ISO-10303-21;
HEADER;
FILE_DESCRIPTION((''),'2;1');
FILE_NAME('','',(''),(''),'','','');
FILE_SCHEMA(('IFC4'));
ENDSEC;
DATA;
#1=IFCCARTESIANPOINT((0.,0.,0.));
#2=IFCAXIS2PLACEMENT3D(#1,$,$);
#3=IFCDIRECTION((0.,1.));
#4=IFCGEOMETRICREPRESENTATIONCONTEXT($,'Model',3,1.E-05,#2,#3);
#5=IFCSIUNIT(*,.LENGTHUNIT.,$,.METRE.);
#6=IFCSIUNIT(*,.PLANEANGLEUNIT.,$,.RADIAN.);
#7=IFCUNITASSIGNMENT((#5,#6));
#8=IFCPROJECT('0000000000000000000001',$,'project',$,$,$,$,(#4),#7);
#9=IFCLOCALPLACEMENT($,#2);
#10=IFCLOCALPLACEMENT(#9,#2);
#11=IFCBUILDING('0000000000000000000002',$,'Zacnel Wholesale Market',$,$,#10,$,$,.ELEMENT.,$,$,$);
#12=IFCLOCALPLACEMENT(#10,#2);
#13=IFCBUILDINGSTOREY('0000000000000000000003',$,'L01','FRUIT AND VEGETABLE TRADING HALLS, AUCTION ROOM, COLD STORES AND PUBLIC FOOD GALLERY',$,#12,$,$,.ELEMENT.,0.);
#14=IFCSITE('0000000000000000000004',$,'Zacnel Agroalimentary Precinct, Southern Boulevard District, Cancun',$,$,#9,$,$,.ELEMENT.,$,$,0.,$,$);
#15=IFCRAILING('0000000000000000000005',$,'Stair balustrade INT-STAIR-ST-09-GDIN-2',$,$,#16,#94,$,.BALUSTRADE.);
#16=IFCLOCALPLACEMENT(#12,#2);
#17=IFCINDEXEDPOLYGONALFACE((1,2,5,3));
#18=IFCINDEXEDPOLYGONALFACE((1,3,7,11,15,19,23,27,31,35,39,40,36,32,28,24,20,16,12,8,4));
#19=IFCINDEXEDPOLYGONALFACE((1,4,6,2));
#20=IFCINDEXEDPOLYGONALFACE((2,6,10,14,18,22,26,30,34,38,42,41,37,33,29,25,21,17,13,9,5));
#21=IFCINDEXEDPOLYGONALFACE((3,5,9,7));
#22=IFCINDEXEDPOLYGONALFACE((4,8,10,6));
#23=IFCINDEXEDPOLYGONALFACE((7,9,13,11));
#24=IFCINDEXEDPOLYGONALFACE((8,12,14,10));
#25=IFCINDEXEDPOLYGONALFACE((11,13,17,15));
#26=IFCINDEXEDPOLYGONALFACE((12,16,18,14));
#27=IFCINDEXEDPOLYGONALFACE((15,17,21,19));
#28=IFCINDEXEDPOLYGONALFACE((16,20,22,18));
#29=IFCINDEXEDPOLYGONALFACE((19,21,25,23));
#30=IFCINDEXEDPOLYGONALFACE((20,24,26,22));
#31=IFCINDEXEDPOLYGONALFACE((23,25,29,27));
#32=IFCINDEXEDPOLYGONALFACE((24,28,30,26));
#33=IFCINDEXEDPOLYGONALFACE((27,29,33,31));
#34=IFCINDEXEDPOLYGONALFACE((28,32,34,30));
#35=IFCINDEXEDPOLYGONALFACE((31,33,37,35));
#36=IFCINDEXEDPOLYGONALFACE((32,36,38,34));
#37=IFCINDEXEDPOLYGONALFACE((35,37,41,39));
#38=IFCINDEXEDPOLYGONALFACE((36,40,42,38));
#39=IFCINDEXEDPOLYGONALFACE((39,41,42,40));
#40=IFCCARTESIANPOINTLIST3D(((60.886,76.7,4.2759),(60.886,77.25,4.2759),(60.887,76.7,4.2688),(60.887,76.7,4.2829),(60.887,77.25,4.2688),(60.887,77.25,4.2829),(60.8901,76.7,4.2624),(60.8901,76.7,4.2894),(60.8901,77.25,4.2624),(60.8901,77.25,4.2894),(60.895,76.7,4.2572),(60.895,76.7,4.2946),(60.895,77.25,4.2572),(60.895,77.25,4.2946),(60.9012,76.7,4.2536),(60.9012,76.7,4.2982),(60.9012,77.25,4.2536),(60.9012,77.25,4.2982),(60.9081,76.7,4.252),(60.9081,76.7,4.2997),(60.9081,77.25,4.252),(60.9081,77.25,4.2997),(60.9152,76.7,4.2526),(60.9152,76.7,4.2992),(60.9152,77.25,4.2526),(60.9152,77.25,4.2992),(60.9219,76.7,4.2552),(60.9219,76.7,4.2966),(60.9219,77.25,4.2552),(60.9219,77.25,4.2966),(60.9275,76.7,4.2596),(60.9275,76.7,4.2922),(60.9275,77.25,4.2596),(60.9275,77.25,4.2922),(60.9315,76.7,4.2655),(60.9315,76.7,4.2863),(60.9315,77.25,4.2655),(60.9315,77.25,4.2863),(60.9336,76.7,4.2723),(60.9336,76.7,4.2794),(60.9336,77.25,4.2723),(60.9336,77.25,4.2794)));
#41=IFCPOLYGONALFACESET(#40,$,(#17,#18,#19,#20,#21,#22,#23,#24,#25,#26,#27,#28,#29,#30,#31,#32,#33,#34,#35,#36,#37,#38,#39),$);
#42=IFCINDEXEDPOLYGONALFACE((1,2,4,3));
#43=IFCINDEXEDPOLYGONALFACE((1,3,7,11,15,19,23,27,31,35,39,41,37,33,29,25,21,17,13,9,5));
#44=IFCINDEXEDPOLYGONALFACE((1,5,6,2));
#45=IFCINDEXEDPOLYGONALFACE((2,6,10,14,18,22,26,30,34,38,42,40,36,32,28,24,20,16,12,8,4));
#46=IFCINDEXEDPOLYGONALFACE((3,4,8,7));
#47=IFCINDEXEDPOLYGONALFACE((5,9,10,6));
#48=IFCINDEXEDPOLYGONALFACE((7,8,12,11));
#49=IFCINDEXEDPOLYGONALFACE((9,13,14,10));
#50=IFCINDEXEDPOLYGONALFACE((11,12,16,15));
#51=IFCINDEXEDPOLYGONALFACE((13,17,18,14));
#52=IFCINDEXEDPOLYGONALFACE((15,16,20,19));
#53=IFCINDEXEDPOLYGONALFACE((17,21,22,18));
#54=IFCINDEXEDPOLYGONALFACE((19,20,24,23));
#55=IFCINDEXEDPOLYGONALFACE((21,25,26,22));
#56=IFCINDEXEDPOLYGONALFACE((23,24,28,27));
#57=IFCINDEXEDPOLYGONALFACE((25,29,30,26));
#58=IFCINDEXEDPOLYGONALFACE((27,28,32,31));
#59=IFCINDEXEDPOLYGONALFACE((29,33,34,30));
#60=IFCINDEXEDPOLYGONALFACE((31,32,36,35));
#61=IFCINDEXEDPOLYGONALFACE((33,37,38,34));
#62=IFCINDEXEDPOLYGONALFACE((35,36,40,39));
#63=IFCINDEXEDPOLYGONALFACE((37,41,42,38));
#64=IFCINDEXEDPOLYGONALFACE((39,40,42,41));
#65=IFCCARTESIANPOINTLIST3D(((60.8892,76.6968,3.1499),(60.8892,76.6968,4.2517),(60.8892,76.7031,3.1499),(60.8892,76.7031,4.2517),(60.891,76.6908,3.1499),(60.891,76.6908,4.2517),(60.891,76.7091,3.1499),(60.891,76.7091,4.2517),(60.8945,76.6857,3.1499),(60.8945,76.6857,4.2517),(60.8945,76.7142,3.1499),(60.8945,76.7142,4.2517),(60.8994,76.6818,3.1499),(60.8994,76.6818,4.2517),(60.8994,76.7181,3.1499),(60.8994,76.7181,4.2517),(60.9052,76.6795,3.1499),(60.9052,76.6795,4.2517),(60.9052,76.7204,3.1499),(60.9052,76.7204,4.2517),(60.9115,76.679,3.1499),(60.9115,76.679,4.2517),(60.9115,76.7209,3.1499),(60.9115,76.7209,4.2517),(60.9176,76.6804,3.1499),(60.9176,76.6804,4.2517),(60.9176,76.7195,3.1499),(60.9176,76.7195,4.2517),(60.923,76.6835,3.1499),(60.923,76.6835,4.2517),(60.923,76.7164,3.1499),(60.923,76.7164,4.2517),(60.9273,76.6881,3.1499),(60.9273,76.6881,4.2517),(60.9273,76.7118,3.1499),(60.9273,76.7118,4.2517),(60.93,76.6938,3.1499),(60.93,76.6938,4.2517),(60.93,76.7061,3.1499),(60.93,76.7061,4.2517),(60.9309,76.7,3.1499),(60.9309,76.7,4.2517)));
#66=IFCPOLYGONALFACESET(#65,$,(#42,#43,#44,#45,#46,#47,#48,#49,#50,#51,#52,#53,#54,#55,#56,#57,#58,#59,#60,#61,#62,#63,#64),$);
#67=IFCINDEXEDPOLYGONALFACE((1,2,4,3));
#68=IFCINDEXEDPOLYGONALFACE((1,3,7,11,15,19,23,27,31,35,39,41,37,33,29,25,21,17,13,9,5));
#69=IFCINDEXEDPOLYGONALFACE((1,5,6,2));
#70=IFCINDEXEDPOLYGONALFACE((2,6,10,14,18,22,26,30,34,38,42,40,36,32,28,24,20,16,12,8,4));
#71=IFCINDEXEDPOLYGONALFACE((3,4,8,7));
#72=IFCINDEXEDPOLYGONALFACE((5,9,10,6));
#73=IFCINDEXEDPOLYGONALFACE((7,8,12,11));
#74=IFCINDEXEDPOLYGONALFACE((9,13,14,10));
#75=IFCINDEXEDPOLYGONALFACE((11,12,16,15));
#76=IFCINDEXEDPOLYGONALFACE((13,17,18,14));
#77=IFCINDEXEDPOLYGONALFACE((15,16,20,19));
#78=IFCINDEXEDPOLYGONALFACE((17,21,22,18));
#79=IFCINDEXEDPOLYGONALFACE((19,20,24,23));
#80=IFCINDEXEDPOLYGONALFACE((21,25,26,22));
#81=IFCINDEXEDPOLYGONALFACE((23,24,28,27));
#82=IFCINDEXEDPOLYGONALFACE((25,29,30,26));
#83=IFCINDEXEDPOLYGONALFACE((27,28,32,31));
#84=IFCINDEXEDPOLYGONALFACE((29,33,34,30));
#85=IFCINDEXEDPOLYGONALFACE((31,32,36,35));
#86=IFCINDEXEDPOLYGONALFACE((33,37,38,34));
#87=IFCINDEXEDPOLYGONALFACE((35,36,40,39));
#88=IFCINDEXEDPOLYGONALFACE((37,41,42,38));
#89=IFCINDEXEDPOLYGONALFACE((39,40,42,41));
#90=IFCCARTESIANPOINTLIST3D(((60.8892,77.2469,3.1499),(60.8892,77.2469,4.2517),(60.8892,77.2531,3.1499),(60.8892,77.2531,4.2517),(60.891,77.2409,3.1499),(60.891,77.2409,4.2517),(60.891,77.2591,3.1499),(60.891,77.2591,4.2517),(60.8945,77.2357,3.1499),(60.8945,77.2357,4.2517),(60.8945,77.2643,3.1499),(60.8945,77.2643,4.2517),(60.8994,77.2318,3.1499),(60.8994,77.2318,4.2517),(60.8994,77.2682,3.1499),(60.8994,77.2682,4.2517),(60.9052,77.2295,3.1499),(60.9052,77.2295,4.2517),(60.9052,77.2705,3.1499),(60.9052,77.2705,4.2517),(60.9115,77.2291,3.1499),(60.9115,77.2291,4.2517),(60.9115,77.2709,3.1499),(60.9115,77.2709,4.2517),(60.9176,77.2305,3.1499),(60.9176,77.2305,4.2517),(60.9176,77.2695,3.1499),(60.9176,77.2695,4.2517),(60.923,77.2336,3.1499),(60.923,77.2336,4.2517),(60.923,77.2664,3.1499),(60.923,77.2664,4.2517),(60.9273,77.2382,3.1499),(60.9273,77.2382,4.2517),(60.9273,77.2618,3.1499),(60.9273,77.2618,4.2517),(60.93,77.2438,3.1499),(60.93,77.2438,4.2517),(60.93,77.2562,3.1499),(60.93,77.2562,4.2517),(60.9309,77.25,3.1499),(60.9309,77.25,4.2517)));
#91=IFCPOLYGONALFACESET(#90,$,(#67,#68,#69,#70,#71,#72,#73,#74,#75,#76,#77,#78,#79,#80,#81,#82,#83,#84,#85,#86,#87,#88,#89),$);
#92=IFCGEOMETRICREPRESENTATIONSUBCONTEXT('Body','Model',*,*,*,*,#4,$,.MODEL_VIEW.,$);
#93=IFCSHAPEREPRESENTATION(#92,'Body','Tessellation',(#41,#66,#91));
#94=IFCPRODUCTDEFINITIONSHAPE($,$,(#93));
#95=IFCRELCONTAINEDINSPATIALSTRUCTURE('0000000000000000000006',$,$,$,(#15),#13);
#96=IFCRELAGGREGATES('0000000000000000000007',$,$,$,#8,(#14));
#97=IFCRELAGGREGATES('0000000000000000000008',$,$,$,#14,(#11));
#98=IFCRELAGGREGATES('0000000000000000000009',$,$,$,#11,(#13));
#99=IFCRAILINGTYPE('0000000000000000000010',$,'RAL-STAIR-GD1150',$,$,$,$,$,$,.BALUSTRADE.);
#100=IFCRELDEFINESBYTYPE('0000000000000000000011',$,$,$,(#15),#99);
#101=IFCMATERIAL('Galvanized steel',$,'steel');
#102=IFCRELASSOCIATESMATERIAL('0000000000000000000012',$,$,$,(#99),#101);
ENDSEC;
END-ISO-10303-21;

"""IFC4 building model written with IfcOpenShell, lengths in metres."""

from ifc_helpers import new_model, si_unit, direction, frame, origin, origin_2d, place, context, subcontext, project, spatial, circle, extrude, material, type_object, element, save


model = new_model("IFC4")

# Units and contexts
model_context = context("Model", 3, precision=1e-05, world=origin(), true_north=direction((0.0, 1.0)))
body_context = subcontext(model_context, "Body", "Model", "MODEL_VIEW")
ifc_project = project(units=[si_unit("LENGTHUNIT", "METRE"), si_unit("PLANEANGLEUNIT", "RADIAN")], contexts=[model_context])

# Site, building, storey
site_placement = place(None, origin())
site = spatial("IfcSite", under=ifc_project, at=site_placement, Name="Zacnel Agroalimentary Precinct, Southern Boulevard District, Cancun", CompositionType="ELEMENT", RefElevation=0.0)
building_placement = place(site_placement, origin())
building = spatial("IfcBuilding", under=site, at=building_placement, Name="Zacnel Wholesale Market", CompositionType="ELEMENT")
storey_placement = place(building_placement, origin())
storey = spatial("IfcBuildingStorey", under=building, at=storey_placement, Name="L01", Description="FRUIT AND VEGETABLE TRADING HALLS, AUCTION ROOM, COLD STORES AND PUBLIC FOOD GALLERY", CompositionType="ELEMENT", Elevation=0.0)

# Railing
ifc_material_1 = material(Name="Galvanized steel", Category="steel")
railing_type_1 = type_object("IfcRailingType", Name="RAL-STAIR-GD1150", PredefinedType="BALUSTRADE", material=ifc_material_1)
railing_1_placement = place(storey_placement, frame((60.9099, 76.7, 3.1499)))
element("IfcRailing", 1, at=railing_1_placement, inside=storey, type_object=railing_type_1, Name="Stair balustrade INT-STAIR-ST-09-GDIN-2", PredefinedType="BALUSTRADE", context=body_context, shape_type="SweptSolid", body=[
    extrude(circle(Radius=0.0239, at=origin_2d()), frame((0.0, 0.0, 1.126), z_axis=(0.0, 1.0, 0.0), x_axis=(-1.0, 0.0, 0.0)), (0.0, 0.0, 1.0), 0.55),
    extrude(circle(Radius=0.021, at=origin_2d()), origin(), (0.0, 0.0, 1.0), 1.1018),
    extrude(circle(Radius=0.021, at=origin_2d()), frame((0.0, 0.55, 0.0)), (0.0, 0.0, 1.0), 1.1018),
])

save(model, "model.ifc")
